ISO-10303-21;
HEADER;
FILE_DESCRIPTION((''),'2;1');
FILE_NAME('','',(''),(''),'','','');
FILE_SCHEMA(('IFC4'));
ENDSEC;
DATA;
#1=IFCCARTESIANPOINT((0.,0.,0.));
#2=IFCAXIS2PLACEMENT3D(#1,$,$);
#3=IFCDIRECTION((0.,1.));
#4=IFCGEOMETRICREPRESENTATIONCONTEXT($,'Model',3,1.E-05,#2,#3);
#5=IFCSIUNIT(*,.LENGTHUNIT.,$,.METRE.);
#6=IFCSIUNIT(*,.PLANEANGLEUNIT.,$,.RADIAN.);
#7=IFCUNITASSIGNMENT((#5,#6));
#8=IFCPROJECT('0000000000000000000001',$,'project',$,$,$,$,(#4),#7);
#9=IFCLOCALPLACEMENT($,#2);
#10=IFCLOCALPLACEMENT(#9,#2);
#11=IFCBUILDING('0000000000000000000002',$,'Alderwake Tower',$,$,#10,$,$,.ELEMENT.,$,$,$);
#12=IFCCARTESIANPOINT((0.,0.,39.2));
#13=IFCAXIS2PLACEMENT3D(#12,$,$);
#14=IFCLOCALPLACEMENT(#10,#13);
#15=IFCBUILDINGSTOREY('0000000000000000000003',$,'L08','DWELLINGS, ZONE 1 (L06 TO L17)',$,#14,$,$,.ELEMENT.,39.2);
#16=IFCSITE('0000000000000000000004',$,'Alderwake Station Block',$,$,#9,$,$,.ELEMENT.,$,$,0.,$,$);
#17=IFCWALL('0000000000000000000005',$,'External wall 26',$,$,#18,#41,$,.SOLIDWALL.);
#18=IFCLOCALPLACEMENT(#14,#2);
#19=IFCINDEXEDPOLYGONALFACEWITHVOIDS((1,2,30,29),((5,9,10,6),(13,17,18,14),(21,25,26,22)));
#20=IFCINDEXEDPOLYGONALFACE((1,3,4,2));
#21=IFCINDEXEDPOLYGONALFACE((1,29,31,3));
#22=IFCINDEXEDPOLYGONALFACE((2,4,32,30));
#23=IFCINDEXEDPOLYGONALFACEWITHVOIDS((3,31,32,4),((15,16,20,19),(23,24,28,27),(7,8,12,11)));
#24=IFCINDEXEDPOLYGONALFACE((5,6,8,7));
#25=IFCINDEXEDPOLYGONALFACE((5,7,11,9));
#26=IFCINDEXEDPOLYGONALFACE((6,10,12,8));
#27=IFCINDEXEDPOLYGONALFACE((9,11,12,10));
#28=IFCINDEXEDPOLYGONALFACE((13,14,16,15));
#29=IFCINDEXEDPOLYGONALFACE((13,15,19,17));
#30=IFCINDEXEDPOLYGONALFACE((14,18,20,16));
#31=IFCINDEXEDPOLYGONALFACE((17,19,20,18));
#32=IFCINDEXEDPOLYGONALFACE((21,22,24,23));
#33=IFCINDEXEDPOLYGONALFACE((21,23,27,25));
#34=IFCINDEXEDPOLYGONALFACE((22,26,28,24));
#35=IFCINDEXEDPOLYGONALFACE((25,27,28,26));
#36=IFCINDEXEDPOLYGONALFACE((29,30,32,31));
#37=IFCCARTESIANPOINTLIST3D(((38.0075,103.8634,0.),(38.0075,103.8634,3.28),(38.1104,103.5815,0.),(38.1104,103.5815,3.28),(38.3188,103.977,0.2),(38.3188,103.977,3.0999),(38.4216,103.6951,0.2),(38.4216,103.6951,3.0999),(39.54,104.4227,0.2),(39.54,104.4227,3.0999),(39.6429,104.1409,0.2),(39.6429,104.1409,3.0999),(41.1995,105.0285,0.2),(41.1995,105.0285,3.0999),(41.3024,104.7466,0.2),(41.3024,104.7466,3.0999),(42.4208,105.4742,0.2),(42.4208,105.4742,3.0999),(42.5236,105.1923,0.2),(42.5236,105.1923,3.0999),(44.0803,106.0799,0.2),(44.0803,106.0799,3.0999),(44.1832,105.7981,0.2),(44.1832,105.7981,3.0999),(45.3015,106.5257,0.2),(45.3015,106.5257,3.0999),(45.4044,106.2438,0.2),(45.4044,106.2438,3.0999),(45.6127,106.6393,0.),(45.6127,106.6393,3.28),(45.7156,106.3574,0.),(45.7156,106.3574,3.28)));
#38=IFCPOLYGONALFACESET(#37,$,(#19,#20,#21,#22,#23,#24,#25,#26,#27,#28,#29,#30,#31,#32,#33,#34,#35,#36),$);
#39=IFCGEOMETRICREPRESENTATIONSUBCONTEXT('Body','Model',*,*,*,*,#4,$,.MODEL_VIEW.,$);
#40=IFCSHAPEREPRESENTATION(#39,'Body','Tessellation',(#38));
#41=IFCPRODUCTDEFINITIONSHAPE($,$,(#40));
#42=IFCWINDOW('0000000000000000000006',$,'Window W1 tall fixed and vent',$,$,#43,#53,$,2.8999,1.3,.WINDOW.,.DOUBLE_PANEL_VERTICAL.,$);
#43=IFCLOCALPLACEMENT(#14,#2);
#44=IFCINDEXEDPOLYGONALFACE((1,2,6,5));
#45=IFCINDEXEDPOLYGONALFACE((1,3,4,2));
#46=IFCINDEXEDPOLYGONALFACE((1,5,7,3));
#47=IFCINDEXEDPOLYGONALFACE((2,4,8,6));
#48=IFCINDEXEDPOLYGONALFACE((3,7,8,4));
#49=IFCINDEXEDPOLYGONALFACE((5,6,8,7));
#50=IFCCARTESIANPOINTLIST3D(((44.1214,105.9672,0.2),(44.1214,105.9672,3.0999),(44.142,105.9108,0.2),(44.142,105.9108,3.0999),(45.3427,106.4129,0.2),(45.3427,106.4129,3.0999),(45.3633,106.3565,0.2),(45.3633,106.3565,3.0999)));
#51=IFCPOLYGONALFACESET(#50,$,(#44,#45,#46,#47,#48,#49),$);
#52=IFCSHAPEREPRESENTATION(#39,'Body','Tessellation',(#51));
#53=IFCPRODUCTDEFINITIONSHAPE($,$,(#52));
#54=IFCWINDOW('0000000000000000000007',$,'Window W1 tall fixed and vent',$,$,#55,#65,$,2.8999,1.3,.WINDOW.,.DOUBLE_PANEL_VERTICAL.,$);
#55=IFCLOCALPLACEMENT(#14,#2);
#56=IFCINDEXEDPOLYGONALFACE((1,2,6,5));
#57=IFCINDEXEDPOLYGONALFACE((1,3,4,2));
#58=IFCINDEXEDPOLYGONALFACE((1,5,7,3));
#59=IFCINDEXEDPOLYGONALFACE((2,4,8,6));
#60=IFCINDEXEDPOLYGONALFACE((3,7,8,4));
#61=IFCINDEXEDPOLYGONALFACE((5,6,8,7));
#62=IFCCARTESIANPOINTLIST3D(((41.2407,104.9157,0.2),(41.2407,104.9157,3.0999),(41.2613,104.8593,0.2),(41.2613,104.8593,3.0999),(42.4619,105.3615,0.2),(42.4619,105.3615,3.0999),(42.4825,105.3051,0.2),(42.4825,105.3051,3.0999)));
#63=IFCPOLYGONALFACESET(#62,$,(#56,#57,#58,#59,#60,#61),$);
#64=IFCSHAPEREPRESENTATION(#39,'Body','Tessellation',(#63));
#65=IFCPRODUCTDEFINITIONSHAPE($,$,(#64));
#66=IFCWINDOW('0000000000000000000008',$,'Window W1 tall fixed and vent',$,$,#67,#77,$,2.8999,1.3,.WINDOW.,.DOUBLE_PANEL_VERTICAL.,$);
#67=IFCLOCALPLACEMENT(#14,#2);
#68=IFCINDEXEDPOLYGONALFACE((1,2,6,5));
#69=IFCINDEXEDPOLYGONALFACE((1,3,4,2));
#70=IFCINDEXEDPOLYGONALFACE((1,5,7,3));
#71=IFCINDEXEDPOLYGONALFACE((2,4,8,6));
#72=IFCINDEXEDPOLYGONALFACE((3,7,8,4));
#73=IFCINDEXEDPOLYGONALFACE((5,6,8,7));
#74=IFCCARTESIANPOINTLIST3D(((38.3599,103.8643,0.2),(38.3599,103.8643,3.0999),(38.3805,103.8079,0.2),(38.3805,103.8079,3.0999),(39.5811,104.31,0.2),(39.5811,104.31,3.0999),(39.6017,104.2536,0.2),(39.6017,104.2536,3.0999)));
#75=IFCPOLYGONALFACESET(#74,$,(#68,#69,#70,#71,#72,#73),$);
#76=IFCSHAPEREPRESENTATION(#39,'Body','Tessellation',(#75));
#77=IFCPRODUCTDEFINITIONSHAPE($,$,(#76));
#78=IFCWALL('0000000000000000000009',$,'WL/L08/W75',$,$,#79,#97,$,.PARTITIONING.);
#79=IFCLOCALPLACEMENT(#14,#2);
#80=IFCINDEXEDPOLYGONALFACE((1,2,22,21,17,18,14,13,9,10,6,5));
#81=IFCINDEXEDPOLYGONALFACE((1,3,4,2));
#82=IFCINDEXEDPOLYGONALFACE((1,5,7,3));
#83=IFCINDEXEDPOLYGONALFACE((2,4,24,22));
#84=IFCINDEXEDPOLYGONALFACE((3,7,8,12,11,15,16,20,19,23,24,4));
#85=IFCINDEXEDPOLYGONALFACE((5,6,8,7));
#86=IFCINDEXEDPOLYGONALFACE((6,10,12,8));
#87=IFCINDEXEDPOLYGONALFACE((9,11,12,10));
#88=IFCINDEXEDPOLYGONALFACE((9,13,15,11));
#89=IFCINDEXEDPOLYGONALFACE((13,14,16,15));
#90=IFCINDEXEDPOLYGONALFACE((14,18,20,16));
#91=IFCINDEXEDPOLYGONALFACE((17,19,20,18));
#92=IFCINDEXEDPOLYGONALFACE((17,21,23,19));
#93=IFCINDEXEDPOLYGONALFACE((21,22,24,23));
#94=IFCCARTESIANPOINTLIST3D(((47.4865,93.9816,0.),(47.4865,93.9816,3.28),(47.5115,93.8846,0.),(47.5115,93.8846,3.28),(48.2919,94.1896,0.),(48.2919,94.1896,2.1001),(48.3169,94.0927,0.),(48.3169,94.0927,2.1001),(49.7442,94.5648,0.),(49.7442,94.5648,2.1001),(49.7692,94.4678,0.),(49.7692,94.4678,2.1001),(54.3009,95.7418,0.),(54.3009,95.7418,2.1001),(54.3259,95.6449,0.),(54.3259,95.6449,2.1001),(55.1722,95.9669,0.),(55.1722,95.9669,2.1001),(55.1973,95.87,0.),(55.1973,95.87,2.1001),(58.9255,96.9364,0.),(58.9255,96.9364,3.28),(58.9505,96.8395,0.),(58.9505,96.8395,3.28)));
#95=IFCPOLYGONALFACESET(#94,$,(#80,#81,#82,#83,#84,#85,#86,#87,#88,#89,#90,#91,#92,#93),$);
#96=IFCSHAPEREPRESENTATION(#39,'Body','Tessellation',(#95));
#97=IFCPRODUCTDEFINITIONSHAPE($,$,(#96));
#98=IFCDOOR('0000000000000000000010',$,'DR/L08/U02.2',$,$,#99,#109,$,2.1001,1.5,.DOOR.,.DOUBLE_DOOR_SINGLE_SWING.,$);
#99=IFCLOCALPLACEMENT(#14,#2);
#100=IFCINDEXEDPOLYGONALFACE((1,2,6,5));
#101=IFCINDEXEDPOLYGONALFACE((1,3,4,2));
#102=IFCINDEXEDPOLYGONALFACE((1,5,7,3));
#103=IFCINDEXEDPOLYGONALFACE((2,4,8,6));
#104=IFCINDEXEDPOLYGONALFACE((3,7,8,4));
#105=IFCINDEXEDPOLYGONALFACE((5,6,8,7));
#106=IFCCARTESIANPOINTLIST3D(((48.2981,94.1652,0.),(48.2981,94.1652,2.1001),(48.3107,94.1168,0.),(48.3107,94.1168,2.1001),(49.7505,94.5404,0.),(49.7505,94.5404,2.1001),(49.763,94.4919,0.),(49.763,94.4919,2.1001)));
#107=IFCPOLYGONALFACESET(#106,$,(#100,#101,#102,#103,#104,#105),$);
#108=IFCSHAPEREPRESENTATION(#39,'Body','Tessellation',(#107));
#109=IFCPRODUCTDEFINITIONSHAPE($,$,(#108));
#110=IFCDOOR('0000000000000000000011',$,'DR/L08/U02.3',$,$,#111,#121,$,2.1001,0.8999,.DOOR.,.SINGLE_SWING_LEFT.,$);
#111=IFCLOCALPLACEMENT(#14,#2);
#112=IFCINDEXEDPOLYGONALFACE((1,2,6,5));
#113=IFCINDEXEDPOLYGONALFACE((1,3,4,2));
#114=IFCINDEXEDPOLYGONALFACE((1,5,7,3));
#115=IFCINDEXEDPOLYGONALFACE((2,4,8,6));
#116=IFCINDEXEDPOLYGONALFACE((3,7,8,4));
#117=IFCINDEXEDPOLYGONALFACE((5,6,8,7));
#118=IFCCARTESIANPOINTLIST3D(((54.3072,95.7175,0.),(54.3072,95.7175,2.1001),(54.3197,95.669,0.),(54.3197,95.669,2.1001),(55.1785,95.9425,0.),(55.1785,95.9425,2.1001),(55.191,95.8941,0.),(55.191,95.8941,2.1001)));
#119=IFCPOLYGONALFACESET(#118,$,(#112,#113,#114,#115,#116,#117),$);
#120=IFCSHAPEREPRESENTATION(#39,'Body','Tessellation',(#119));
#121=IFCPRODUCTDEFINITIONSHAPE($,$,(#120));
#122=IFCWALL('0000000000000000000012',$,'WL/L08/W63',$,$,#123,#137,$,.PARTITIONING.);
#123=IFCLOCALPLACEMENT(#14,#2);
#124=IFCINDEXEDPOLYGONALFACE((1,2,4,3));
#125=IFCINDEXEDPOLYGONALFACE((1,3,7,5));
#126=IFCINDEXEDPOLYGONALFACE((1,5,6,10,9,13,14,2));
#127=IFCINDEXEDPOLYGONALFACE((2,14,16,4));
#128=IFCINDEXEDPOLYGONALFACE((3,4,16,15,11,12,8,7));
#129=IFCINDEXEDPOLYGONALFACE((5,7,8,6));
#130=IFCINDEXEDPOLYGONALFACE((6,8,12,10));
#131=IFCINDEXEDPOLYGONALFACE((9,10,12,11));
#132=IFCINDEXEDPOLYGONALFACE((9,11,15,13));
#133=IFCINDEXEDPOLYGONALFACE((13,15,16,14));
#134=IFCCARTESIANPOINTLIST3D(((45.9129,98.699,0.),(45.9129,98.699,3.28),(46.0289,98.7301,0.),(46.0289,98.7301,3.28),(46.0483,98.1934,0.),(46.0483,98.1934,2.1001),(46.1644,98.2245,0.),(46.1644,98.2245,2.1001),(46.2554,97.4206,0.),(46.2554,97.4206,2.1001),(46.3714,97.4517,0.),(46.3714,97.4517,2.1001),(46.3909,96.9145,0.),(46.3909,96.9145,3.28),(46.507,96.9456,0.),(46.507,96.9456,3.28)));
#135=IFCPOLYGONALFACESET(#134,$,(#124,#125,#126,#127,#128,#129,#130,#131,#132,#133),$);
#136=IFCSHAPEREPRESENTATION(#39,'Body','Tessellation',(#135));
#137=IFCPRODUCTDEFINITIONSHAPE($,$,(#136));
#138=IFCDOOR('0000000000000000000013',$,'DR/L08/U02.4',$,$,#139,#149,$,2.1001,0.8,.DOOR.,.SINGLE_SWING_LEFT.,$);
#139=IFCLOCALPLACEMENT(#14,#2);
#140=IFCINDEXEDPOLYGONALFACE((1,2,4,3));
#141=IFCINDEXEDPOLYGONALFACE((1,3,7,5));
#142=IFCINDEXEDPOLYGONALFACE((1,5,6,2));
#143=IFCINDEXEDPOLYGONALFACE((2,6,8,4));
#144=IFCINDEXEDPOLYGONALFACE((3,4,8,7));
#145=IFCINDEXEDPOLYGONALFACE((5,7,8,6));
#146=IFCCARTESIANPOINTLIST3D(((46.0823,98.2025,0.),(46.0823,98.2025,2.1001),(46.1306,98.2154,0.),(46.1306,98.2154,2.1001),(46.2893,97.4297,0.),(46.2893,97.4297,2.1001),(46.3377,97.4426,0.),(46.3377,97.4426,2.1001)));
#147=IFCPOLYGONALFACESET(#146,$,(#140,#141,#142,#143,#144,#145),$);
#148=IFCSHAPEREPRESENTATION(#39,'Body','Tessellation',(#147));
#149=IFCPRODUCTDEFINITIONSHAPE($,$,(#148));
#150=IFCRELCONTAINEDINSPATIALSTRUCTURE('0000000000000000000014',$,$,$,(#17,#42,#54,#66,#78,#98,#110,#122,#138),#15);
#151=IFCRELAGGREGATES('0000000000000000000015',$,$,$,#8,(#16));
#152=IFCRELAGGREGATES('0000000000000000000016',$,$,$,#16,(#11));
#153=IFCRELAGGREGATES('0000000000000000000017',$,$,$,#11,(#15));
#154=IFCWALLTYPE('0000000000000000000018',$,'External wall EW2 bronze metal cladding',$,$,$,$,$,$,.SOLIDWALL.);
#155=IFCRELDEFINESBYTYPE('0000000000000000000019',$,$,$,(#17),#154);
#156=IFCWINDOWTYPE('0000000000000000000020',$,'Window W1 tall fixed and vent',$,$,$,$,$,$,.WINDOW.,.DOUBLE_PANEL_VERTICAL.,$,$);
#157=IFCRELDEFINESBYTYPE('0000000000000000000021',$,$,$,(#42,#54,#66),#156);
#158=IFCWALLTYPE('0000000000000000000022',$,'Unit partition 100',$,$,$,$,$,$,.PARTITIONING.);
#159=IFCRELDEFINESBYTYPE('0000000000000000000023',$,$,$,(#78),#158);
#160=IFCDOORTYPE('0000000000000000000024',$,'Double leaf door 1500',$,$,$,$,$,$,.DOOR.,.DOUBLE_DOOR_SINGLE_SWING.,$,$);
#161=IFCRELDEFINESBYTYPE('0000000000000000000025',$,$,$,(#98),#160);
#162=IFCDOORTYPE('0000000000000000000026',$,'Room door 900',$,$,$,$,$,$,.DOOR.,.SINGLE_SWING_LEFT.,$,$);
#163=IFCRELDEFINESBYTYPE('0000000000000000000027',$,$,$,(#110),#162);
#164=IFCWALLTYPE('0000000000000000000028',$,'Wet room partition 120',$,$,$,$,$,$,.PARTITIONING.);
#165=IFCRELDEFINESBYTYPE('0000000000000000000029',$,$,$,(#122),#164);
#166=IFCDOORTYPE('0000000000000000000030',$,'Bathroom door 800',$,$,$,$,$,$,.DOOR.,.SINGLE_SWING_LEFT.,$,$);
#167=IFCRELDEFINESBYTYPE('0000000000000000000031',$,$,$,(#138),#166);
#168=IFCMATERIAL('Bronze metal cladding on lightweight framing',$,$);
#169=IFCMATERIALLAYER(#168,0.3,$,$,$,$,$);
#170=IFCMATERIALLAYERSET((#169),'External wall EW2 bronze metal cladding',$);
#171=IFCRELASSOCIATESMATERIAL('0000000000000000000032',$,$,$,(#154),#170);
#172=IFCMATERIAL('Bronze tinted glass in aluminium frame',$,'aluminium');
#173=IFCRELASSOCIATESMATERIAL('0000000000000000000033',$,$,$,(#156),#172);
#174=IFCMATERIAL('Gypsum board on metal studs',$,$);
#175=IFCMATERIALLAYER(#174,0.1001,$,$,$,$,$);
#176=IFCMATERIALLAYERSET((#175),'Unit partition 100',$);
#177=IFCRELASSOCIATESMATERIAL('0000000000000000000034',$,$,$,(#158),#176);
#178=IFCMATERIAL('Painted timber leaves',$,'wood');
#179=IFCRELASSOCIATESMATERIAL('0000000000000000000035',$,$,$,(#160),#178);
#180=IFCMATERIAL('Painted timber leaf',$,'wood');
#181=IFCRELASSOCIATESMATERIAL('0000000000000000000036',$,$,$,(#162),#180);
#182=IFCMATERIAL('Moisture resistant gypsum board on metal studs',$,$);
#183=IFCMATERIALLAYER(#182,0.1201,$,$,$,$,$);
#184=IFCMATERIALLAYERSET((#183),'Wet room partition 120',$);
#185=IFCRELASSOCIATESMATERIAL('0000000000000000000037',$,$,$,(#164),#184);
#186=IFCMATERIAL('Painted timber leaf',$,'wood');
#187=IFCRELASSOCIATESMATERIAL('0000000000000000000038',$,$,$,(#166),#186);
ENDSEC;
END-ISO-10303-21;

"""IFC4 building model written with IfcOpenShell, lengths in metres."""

from ifc_helpers import new_model, si_unit, direction, frame, frame_2d, origin, place, context, subcontext, project, spatial, rectangle, extrude, material, layer, layer_set, type_object, element, fill, save


model = new_model("IFC4")

# Units and contexts
model_context = context("Model", 3, precision=1e-05, world=origin(), true_north=direction((0.0, 1.0)))
body_context = subcontext(model_context, "Body", "Model", "MODEL_VIEW")
ifc_project = project(units=[si_unit("LENGTHUNIT", "METRE"), si_unit("PLANEANGLEUNIT", "RADIAN")], contexts=[model_context])

# Site, building, storey
site_placement = place(None, origin())
site = spatial("IfcSite", under=ifc_project, at=site_placement, Name="Alderwake Station Block", CompositionType="ELEMENT", RefElevation=0.0)
building_placement = place(site_placement, origin())
building = spatial("IfcBuilding", under=site, at=building_placement, Name="Alderwake Tower", CompositionType="ELEMENT")
storey_placement = place(building_placement, frame((0.0, 0.0, 39.2)))
storey = spatial("IfcBuildingStorey", under=building, at=storey_placement, Name="L08", Description="DWELLINGS, ZONE 1 (L06 TO L17)", CompositionType="ELEMENT", Elevation=39.2)

# Wall, openings, windows
ifc_material_1 = material(Name="Bronze metal cladding on lightweight framing")
ifc_layer_1 = layer(ifc_material_1, 0.3)
ifc_layer_set_1 = layer_set([ifc_layer_1], Name="External wall EW2 bronze metal cladding")
wall_type_1 = type_object("IfcWallType", Name="External wall EW2 bronze metal cladding", PredefinedType="SOLIDWALL", material=ifc_layer_set_1)
ifc_material_2 = material(Name="Bronze tinted glass in aluminium frame", Category="aluminium")
window_type = type_object("IfcWindowType", Name="Window W1 tall fixed and vent", PartitioningType="DOUBLE_PANEL_VERTICAL", PredefinedType="WINDOW", material=ifc_material_2)
wall_1_placement = place(storey_placement, frame((45.6641, 106.4983, 0.0), z_axis=(0.0, 0.0, 1.0), x_axis=(-0.939382, -0.342871, 0.0)))
wall_1 = element("IfcWall", 1, at=wall_1_placement, inside=storey, type_object=wall_type_1, Name="External wall 26", PredefinedType="SOLIDWALL", context=body_context, shape_type="SweptSolid", body=[
    extrude(rectangle(XDim=8.0959, YDim=0.3, at=frame_2d((4.0479, 0.0))), origin(), (0.0, 0.0, 1.0), 3.28),
])
opening_1_placement = place(wall_1_placement, frame((0.3313, 0.0, 0.2)))
opening_1 = element("IfcOpeningElement", 2, at=opening_1_placement, cuts=wall_1, PredefinedType="OPENING", context=body_context, shape_type="SweptSolid", body=[
    extrude(rectangle(XDim=1.3, YDim=2.8999, at=frame_2d((0.6499, 1.45))), frame((0.0, 0.1599, 0.0), z_axis=(0.0, -1.0, 0.0), x_axis=(1.0, 0.0, 0.0)), (0.0, 0.0, 1.0), 0.3201),
])
opening_2_placement = place(wall_1_placement, frame((3.3979, 0.0, 0.2)))
opening_2 = element("IfcOpeningElement", 3, at=opening_2_placement, cuts=wall_1, PredefinedType="OPENING", context=body_context, shape_type="SweptSolid", body=[
    extrude(rectangle(XDim=1.3, YDim=2.8999, at=frame_2d((0.6499, 1.45))), frame((0.0, 0.1599, 0.0), z_axis=(0.0, -1.0, 0.0), x_axis=(1.0, 0.0, 0.0)), (0.0, 0.0, 1.0), 0.3201),
])
opening_3_placement = place(wall_1_placement, frame((6.4646, 0.0, 0.2)))
opening_3 = element("IfcOpeningElement", 4, at=opening_3_placement, cuts=wall_1, PredefinedType="OPENING", context=body_context, shape_type="SweptSolid", body=[
    extrude(rectangle(XDim=1.3, YDim=2.8999, at=frame_2d((0.6499, 1.45))), frame((0.0, 0.1599, 0.0), z_axis=(0.0, -1.0, 0.0), x_axis=(1.0, 0.0, 0.0)), (0.0, 0.0, 1.0), 0.3201),
])
window_1_placement = place(opening_1_placement, origin())
window_1 = element("IfcWindow", 5, at=window_1_placement, inside=storey, type_object=window_type, Name="Window W1 tall fixed and vent", OverallHeight=2.8999, OverallWidth=1.3, PartitioningType="DOUBLE_PANEL_VERTICAL", PredefinedType="WINDOW", context=body_context, shape_type="SweptSolid", body=[
    extrude(rectangle(XDim=1.3, YDim=2.8999, at=frame_2d((0.6499, 1.45))), frame((0.0, 0.03, 0.0), z_axis=(0.0, -1.0, 0.0), x_axis=(1.0, 0.0, 0.0)), (0.0, 0.0, 1.0), 0.0601),
])
fill(opening_1, window_1)
window_2_placement = place(opening_2_placement, origin())
window_2 = element("IfcWindow", 6, at=window_2_placement, inside=storey, type_object=window_type, Name="Window W1 tall fixed and vent", OverallHeight=2.8999, OverallWidth=1.3, PartitioningType="DOUBLE_PANEL_VERTICAL", PredefinedType="WINDOW", context=body_context, shape_type="SweptSolid", body=[
    extrude(rectangle(XDim=1.3, YDim=2.8999, at=frame_2d((0.6499, 1.45))), frame((0.0, 0.03, 0.0), z_axis=(0.0, -1.0, 0.0), x_axis=(1.0, 0.0, 0.0)), (0.0, 0.0, 1.0), 0.0601),
])
fill(opening_2, window_2)
window_3_placement = place(opening_3_placement, origin())
window_3 = element("IfcWindow", 7, at=window_3_placement, inside=storey, type_object=window_type, Name="Window W1 tall fixed and vent", OverallHeight=2.8999, OverallWidth=1.3, PartitioningType="DOUBLE_PANEL_VERTICAL", PredefinedType="WINDOW", context=body_context, shape_type="SweptSolid", body=[
    extrude(rectangle(XDim=1.3, YDim=2.8999, at=frame_2d((0.6499, 1.45))), frame((0.0, 0.03, 0.0), z_axis=(0.0, -1.0, 0.0), x_axis=(1.0, 0.0, 0.0)), (0.0, 0.0, 1.0), 0.0601),
])
fill(opening_3, window_3)

# Wall, openings, doors
ifc_material_3 = material(Name="Gypsum board on metal studs")
ifc_layer_2 = layer(ifc_material_3, 0.1001)
ifc_layer_set_2 = layer_set([ifc_layer_2], Name="Unit partition 100")
wall_type_2 = type_object("IfcWallType", Name="Unit partition 100", PredefinedType="PARTITIONING", material=ifc_layer_set_2)
wall_2_placement = place(storey_placement, frame((47.499, 93.9331, 0.0), z_axis=(0.0, 0.0, 1.0), x_axis=(0.968219, 0.250104, 0.0)))
wall_2 = element("IfcWall", 8, at=wall_2_placement, inside=storey, type_object=wall_type_2, Name="WL/L08/W75", PredefinedType="PARTITIONING", context=body_context, shape_type="SweptSolid", body=[
    extrude(rectangle(XDim=11.8145, YDim=0.1001, at=frame_2d((5.9072, 0.0))), origin(), (0.0, 0.0, 1.0), 3.28),
])
opening_4_placement = place(wall_2_placement, frame((0.8318, 0.0, 0.0)))
opening_4 = element("IfcOpeningElement", 9, at=opening_4_placement, cuts=wall_2, PredefinedType="OPENING", context=body_context, shape_type="SweptSolid", body=[
    extrude(rectangle(XDim=1.5, YDim=2.1001, at=frame_2d((0.75, 1.05))), frame((0.0, 0.0601, 0.0), z_axis=(0.0, -1.0, 0.0), x_axis=(1.0, 0.0, 0.0)), (0.0, 0.0, 1.0), 0.1201),
])
opening_5_placement = place(wall_2_placement, frame((7.0381, 0.0, 0.0)))
opening_5 = element("IfcOpeningElement", 10, at=opening_5_placement, cuts=wall_2, PredefinedType="OPENING", context=body_context, shape_type="SweptSolid", body=[
    extrude(rectangle(XDim=0.8999, YDim=2.1001, at=frame_2d((0.45, 1.05))), frame((0.0, 0.0601, 0.0), z_axis=(0.0, -1.0, 0.0), x_axis=(1.0, 0.0, 0.0)), (0.0, 0.0, 1.0), 0.1201),
])
ifc_material_4 = material(Name="Painted timber leaves", Category="wood")
door_type_1 = type_object("IfcDoorType", Name="Double leaf door 1500", OperationType="DOUBLE_DOOR_SINGLE_SWING", PredefinedType="DOOR", material=ifc_material_4)
door_1_placement = place(opening_4_placement, origin())
door_1 = element("IfcDoor", 11, at=door_1_placement, inside=storey, type_object=door_type_1, Name="DR/L08/U02.2", OperationType="DOUBLE_DOOR_SINGLE_SWING", OverallHeight=2.1001, OverallWidth=1.5, PredefinedType="DOOR", context=body_context, shape_type="SweptSolid", body=[
    extrude(rectangle(XDim=1.5, YDim=2.1001, at=frame_2d((0.75, 1.05))), frame((0.0, 0.0249, 0.0), z_axis=(0.0, -1.0, 0.0), x_axis=(1.0, 0.0, 0.0)), (0.0, 0.0, 1.0), 0.05),
])
fill(opening_4, door_1)
ifc_material_5 = material(Name="Painted timber leaf", Category="wood")
door_type_2 = type_object("IfcDoorType", Name="Room door 900", OperationType="SINGLE_SWING_LEFT", PredefinedType="DOOR", material=ifc_material_5)
door_2_placement = place(opening_5_placement, origin())
door_2 = element("IfcDoor", 12, at=door_2_placement, inside=storey, type_object=door_type_2, Name="DR/L08/U02.3", OperationType="SINGLE_SWING_LEFT", OverallHeight=2.1001, OverallWidth=0.8999, PredefinedType="DOOR", context=body_context, shape_type="SweptSolid", body=[
    extrude(rectangle(XDim=0.8999, YDim=2.1001, at=frame_2d((0.45, 1.05))), frame((0.0, 0.0249, 0.0), z_axis=(0.0, -1.0, 0.0), x_axis=(1.0, 0.0, 0.0)), (0.0, 0.0, 1.0), 0.05),
])
fill(opening_5, door_2)

# Wall, opening, door
ifc_material_6 = material(Name="Moisture resistant gypsum board on metal studs")
ifc_layer_3 = layer(ifc_material_6, 0.1201)
ifc_layer_set_3 = layer_set([ifc_layer_3], Name="Wet room partition 120")
wall_type_3 = type_object("IfcWallType", Name="Wet room partition 120", PredefinedType="PARTITIONING", material=ifc_layer_set_3)
wall_3_placement = place(storey_placement, frame((46.449, 96.9299, 0.0), z_axis=(0.0, 0.0, 1.0), x_axis=(-0.258765, 0.96594, 0.0)))
wall_3 = element("IfcWall", 13, at=wall_3_placement, inside=storey, type_object=wall_type_3, Name="WL/L08/W63", PredefinedType="PARTITIONING", context=body_context, shape_type="SweptSolid", body=[
    extrude(rectangle(XDim=1.8474, YDim=0.1201, at=frame_2d((0.9238, 0.0))), origin(), (0.0, 0.0, 1.0), 3.28),
])
opening_6_placement = place(wall_3_placement, frame((0.5242, 0.0, 0.0)))
opening_6 = element("IfcOpeningElement", 14, at=opening_6_placement, cuts=wall_3, PredefinedType="OPENING", context=body_context, shape_type="SweptSolid", body=[
    extrude(rectangle(XDim=0.8, YDim=2.1001, at=frame_2d((0.3999, 1.05))), frame((0.0, 0.0701, 0.0), z_axis=(0.0, -1.0, 0.0), x_axis=(1.0, 0.0, 0.0)), (0.0, 0.0, 1.0), 0.1401),
])
ifc_material_7 = material(Name="Painted timber leaf", Category="wood")
door_type_3 = type_object("IfcDoorType", Name="Bathroom door 800", OperationType="SINGLE_SWING_LEFT", PredefinedType="DOOR", material=ifc_material_7)
door_3_placement = place(opening_6_placement, origin())
door_3 = element("IfcDoor", 15, at=door_3_placement, inside=storey, type_object=door_type_3, Name="DR/L08/U02.4", OperationType="SINGLE_SWING_LEFT", OverallHeight=2.1001, OverallWidth=0.8, PredefinedType="DOOR", context=body_context, shape_type="SweptSolid", body=[
    extrude(rectangle(XDim=0.8, YDim=2.1001, at=frame_2d((0.3999, 1.05))), frame((0.0, 0.0249, 0.0), z_axis=(0.0, -1.0, 0.0), x_axis=(1.0, 0.0, 0.0)), (0.0, 0.0, 1.0), 0.05),
])
fill(opening_6, door_3)

save(model, "model.ifc")
